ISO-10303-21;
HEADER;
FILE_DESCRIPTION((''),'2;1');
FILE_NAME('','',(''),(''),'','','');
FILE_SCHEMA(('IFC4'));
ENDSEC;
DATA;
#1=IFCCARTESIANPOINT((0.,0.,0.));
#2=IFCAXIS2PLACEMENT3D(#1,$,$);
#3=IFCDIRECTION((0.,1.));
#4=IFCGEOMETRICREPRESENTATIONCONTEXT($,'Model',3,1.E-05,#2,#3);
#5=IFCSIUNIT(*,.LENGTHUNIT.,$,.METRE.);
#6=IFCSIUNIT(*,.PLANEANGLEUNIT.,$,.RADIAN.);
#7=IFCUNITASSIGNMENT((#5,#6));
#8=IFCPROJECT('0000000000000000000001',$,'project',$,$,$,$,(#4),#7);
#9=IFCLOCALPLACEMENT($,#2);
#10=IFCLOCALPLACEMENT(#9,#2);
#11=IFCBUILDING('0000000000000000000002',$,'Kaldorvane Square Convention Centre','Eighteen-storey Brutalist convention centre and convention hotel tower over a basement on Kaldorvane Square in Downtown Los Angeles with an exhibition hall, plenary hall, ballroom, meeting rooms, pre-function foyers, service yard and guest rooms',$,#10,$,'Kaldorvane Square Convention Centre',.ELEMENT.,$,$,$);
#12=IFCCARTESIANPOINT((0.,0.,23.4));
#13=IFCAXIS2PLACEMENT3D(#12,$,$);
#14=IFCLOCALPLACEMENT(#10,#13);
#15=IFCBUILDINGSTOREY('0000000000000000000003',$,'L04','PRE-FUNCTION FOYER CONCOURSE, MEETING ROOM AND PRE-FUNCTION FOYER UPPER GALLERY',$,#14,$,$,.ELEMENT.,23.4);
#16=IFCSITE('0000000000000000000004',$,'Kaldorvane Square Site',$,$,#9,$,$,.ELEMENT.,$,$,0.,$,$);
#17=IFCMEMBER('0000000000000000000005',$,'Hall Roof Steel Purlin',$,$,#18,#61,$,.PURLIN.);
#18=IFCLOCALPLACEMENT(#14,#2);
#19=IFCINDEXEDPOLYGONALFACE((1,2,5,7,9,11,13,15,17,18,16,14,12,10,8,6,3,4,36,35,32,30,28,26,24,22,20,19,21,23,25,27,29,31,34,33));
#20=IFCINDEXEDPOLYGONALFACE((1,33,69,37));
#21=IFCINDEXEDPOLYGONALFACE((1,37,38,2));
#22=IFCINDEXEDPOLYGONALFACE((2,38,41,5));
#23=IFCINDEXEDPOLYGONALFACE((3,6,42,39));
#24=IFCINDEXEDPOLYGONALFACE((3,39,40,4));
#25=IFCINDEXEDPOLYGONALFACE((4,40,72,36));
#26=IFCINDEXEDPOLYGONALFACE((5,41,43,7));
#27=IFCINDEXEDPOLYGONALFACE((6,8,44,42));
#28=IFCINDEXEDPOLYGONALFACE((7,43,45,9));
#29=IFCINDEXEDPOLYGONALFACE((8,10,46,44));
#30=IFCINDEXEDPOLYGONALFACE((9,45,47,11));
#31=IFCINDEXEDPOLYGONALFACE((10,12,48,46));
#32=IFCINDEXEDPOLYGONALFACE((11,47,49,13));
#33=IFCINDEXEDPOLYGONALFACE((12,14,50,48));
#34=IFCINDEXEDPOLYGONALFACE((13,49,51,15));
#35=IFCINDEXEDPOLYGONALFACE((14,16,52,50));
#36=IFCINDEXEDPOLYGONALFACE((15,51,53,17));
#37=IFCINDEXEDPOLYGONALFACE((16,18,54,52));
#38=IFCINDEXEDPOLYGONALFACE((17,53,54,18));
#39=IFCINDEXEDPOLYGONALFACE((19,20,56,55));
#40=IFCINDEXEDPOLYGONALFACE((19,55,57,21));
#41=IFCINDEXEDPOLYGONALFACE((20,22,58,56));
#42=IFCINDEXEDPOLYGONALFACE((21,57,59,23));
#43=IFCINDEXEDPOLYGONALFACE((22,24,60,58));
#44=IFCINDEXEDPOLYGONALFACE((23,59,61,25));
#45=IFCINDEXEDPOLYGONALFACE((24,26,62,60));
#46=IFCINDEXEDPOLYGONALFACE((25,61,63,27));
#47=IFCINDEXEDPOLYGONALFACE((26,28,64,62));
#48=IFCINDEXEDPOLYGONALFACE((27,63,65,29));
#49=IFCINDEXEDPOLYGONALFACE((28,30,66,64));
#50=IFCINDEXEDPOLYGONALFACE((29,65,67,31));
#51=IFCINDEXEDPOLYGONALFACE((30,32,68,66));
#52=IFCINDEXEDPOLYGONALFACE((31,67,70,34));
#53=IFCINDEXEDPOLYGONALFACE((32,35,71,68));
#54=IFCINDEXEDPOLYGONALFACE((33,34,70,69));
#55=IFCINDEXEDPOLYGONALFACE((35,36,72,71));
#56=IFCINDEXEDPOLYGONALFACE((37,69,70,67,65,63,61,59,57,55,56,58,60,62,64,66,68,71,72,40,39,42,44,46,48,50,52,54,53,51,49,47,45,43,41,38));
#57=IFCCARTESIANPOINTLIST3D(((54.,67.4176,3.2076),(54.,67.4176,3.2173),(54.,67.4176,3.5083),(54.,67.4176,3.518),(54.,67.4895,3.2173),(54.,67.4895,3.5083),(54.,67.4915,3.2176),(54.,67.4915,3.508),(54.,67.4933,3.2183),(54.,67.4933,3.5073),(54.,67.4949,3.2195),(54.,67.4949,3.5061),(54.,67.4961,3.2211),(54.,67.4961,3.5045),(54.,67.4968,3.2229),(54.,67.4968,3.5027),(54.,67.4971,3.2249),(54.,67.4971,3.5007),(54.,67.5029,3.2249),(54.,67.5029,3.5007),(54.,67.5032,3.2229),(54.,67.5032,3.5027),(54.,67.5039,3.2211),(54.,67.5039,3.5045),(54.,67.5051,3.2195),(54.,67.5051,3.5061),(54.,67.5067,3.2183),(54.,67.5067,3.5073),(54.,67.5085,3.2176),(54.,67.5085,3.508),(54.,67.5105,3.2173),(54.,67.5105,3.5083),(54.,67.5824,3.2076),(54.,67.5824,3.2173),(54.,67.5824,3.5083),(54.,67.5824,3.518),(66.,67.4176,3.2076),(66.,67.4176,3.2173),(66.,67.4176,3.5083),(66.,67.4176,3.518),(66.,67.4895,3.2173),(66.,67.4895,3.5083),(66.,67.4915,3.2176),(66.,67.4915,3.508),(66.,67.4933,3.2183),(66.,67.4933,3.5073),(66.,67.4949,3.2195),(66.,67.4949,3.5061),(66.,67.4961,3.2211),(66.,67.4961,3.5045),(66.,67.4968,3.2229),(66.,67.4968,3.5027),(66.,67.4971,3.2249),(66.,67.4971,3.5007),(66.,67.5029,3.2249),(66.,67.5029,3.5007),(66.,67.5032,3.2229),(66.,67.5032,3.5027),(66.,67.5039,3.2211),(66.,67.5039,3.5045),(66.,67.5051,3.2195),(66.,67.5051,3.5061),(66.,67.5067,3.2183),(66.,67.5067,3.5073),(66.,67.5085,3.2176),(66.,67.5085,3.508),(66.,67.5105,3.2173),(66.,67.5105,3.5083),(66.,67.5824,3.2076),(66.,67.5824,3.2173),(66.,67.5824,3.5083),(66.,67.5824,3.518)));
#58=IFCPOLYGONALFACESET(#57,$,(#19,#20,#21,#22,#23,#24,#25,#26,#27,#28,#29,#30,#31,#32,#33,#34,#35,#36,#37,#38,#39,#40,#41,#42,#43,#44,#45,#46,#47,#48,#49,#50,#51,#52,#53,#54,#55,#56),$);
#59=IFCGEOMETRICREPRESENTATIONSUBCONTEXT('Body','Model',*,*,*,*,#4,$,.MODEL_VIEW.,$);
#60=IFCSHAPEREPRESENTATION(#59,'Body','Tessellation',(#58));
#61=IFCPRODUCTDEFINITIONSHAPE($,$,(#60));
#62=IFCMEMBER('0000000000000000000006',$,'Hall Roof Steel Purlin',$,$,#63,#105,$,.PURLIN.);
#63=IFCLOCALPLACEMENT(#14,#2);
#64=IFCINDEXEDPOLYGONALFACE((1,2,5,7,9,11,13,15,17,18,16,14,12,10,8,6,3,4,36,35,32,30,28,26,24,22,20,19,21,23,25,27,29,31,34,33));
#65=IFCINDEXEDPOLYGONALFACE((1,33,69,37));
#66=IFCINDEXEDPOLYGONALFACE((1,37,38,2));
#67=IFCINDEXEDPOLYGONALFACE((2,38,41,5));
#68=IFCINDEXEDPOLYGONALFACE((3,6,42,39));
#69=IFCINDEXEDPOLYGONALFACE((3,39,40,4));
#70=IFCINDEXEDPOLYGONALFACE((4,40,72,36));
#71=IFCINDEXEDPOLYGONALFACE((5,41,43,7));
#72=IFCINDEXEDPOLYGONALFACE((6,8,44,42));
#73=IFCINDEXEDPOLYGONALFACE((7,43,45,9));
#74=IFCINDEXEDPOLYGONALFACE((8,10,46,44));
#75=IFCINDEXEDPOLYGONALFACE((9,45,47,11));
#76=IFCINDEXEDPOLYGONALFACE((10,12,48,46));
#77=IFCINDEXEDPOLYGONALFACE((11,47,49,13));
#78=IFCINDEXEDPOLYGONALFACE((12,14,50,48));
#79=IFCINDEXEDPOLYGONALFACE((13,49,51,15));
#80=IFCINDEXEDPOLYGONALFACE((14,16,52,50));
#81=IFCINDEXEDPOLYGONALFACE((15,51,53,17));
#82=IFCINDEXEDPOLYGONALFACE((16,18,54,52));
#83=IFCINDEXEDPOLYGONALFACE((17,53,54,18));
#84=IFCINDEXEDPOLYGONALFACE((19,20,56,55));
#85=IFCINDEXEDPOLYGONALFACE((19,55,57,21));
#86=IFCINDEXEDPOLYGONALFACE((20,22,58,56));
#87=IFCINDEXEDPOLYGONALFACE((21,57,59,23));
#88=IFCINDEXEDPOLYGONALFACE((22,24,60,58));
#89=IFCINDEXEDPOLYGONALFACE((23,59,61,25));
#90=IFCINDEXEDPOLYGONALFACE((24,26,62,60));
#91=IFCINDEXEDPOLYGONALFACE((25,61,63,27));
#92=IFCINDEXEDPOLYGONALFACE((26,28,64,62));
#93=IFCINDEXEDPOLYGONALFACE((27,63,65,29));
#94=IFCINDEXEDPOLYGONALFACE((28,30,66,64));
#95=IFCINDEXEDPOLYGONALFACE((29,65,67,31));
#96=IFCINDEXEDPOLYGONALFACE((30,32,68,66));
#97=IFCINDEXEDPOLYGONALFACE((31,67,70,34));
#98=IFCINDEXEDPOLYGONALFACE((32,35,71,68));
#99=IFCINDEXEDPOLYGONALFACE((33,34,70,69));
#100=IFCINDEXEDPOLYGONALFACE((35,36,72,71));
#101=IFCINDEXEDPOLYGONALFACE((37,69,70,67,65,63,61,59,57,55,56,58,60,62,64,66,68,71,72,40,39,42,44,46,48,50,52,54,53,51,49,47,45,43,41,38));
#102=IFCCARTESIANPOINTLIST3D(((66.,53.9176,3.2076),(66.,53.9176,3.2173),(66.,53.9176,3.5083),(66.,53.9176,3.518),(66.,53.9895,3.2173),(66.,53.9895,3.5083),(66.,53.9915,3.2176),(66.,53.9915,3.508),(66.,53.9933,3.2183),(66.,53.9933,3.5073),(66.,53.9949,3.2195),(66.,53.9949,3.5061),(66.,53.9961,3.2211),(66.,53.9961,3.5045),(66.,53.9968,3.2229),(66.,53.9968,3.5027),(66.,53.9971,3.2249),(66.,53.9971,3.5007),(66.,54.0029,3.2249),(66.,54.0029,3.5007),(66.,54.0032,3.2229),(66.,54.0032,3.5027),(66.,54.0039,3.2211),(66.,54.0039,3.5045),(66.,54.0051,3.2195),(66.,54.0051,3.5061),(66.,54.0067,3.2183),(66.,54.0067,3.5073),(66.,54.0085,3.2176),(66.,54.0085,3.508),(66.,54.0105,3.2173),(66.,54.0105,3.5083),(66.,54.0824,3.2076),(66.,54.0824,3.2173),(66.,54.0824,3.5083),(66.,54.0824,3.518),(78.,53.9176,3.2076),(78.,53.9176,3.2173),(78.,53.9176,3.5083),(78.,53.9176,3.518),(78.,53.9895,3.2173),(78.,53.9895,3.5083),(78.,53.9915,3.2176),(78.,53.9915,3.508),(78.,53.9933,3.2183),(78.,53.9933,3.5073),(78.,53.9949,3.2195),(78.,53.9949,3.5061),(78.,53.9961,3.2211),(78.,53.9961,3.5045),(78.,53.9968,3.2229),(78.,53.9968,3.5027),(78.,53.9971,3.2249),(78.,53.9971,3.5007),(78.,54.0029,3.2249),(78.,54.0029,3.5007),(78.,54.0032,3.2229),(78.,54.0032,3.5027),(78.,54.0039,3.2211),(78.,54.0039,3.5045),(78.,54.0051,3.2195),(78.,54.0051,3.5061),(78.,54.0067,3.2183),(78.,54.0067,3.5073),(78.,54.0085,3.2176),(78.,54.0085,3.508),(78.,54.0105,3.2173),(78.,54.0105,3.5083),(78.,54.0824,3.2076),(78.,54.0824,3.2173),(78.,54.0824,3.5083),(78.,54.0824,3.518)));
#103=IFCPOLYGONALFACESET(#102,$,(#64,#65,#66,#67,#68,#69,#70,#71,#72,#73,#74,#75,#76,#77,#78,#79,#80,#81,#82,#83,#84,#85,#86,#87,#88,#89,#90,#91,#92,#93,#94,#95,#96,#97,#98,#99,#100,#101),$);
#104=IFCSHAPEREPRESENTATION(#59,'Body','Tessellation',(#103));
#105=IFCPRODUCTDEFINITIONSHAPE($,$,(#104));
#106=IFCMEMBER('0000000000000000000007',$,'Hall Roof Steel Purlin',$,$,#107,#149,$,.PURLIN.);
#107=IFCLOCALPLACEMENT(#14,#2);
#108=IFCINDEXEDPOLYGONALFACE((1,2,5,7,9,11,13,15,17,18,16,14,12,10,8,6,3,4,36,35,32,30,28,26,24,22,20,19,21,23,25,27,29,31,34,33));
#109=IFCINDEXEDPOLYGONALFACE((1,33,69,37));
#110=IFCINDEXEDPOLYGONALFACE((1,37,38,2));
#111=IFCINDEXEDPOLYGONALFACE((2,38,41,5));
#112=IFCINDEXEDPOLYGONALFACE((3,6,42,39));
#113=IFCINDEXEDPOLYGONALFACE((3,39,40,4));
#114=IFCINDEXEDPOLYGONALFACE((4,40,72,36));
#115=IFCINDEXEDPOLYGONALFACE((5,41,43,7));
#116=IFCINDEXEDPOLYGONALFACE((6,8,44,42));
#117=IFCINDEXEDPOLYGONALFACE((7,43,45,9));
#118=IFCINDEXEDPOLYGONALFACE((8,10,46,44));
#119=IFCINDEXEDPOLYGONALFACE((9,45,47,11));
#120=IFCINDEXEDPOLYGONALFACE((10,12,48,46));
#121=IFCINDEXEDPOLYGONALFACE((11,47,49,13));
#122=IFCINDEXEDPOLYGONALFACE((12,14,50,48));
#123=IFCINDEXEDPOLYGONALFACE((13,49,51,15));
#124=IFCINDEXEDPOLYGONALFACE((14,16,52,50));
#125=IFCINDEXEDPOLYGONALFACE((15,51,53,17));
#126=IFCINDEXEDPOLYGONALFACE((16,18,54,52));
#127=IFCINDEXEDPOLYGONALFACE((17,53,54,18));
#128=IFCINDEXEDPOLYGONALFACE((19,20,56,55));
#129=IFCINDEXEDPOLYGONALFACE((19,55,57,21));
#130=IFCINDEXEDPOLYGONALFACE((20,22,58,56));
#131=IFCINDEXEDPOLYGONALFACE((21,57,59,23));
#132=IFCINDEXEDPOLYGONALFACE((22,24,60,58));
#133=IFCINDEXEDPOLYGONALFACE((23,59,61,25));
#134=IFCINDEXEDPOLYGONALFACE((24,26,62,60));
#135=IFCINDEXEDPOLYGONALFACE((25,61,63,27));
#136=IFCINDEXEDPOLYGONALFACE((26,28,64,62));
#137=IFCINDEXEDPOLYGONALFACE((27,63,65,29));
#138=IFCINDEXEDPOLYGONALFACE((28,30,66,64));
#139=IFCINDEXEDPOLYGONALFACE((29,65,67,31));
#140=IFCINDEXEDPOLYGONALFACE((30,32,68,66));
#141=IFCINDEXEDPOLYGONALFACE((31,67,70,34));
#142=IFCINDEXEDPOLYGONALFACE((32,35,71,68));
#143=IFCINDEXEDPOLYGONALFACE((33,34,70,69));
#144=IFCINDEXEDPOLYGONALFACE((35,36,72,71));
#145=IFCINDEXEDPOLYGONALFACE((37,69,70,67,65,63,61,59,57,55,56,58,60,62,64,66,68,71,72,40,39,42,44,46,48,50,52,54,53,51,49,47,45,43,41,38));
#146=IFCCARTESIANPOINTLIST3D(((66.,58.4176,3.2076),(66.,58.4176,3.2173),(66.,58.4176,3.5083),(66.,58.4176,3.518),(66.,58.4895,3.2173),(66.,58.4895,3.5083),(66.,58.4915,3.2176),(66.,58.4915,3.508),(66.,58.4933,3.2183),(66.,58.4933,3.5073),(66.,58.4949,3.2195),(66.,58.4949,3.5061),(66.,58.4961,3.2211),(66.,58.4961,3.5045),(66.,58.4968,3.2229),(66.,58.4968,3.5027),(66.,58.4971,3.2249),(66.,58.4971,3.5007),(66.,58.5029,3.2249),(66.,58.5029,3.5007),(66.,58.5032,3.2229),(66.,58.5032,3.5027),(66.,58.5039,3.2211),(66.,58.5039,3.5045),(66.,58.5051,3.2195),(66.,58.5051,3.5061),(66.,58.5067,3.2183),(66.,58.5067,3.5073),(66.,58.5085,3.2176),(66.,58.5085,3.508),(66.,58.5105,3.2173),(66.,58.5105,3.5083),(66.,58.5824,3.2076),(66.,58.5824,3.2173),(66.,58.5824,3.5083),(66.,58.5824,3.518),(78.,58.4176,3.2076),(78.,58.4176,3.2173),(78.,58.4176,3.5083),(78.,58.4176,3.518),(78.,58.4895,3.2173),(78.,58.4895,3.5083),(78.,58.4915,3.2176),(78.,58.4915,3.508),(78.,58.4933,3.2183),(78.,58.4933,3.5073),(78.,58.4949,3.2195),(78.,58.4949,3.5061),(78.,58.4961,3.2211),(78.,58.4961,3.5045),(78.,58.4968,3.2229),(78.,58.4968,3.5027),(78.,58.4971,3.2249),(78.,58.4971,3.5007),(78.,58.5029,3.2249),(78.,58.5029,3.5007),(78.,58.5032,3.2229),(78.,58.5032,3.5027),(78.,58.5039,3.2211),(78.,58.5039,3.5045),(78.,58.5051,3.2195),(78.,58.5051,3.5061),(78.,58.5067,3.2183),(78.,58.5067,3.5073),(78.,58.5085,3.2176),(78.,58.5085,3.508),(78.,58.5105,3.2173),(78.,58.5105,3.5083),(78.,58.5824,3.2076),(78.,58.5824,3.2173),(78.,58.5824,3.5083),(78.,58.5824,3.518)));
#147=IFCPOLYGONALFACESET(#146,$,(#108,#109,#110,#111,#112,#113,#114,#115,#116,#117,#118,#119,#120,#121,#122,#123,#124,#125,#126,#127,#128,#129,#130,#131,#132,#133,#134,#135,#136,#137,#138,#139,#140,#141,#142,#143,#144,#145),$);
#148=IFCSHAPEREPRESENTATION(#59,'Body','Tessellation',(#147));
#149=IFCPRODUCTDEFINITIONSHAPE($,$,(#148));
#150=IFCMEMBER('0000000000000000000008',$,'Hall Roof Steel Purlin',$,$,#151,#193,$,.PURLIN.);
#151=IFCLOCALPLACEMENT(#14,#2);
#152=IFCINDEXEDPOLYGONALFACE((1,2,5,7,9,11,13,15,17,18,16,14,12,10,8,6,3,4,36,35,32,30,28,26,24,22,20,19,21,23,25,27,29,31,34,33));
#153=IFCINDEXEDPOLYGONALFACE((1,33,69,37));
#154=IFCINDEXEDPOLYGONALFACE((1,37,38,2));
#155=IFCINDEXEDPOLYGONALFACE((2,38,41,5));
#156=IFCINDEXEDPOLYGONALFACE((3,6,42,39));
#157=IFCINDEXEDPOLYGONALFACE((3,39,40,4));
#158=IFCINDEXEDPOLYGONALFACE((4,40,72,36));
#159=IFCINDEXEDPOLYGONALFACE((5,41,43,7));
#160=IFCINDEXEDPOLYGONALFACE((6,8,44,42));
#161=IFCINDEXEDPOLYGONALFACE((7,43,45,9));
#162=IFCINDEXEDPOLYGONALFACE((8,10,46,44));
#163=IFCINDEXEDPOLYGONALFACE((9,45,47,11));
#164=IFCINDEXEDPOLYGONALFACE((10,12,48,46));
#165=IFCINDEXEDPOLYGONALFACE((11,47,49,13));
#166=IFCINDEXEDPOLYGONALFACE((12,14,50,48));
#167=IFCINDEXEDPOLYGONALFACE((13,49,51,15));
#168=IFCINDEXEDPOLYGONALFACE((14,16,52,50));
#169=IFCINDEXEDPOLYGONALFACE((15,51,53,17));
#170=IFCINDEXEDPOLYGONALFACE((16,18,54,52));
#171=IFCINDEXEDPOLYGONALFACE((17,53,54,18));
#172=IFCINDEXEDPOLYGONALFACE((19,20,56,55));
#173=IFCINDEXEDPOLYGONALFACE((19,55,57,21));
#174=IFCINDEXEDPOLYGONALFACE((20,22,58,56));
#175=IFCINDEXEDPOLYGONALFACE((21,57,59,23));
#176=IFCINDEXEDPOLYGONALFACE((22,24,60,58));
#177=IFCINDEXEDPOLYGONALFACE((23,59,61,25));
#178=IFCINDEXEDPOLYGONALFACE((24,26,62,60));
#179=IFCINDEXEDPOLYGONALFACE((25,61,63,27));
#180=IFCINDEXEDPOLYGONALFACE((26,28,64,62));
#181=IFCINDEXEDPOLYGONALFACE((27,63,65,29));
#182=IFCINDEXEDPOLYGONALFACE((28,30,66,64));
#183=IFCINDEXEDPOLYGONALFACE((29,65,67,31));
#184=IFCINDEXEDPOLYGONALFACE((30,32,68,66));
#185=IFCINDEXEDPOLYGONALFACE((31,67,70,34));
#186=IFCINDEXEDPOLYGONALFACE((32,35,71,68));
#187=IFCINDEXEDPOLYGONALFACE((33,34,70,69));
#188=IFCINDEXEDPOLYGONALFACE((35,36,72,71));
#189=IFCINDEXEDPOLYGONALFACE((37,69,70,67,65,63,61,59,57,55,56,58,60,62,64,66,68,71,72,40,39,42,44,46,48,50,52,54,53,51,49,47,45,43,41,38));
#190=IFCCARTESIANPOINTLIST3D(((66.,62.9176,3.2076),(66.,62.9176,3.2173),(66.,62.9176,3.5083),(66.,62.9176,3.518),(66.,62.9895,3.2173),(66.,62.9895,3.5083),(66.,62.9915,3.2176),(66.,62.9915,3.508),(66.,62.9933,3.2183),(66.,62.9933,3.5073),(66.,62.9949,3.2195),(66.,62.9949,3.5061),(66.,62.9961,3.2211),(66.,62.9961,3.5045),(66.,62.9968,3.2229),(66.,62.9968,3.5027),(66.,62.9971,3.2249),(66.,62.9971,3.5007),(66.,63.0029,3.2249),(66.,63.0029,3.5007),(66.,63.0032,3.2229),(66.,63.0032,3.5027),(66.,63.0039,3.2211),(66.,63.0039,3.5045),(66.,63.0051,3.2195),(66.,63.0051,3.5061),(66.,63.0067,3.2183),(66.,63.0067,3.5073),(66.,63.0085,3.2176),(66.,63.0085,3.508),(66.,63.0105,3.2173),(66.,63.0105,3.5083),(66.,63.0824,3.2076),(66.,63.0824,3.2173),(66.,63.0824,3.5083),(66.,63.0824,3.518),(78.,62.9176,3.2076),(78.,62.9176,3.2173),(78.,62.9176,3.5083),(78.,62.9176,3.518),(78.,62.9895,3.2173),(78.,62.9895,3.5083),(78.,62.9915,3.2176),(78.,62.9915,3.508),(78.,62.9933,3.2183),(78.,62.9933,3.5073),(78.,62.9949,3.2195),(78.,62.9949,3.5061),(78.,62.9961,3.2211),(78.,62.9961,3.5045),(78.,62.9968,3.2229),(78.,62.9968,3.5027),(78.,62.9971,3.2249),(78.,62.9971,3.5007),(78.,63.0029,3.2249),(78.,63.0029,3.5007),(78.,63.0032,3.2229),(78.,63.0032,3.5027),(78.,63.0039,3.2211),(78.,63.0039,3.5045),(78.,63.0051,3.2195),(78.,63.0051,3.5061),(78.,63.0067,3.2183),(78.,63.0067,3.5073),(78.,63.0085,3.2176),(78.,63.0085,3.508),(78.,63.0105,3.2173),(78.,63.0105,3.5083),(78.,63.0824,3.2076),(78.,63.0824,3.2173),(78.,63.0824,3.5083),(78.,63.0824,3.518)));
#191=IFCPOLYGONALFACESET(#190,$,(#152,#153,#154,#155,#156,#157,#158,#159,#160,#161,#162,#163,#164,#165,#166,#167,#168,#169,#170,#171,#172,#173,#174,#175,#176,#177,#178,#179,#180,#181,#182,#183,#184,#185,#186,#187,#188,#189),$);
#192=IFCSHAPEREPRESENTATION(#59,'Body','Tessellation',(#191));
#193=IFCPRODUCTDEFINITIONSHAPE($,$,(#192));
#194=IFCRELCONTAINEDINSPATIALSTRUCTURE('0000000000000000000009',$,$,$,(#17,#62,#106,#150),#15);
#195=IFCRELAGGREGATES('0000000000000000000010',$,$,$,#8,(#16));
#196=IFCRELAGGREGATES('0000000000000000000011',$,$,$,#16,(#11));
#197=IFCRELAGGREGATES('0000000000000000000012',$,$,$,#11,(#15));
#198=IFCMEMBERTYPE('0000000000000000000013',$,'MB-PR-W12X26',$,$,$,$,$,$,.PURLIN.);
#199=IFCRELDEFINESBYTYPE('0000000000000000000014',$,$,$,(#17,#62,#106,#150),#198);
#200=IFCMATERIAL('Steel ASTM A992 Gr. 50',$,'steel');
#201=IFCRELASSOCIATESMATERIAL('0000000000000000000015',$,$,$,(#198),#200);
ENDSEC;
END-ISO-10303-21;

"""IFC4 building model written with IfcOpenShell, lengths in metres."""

from ifc_helpers import new_model, si_unit, direction, frame, origin, origin_2d, place, context, subcontext, project, spatial, i_section, extrude, material, material_profile, profile_set, type_object, element, save


model = new_model("IFC4")

# Units and contexts
model_context = context("Model", 3, precision=1e-05, world=origin(), true_north=direction((0.0, 1.0)))
body_context = subcontext(model_context, "Body", "Model", "MODEL_VIEW")
ifc_project = project(units=[si_unit("LENGTHUNIT", "METRE"), si_unit("PLANEANGLEUNIT", "RADIAN")], contexts=[model_context])

# Site, building, storey
site_placement = place(None, origin())
site = spatial("IfcSite", under=ifc_project, at=site_placement, Name="Kaldorvane Square Site", CompositionType="ELEMENT", RefElevation=0.0)
building_placement = place(site_placement, origin())
building = spatial("IfcBuilding", under=site, at=building_placement, Name="Kaldorvane Square Convention Centre", Description="Eighteen-storey Brutalist convention centre and convention hotel tower over a basement on Kaldorvane Square in Downtown Los Angeles with an exhibition hall, plenary hall, ballroom, meeting rooms, pre-function foyers, service yard and guest rooms", LongName="Kaldorvane Square Convention Centre", CompositionType="ELEMENT")
storey_placement = place(building_placement, frame((0.0, 0.0, 23.4)))
storey = spatial("IfcBuildingStorey", under=building, at=storey_placement, Name="L04", Description="PRE-FUNCTION FOYER CONCOURSE, MEETING ROOM AND PRE-FUNCTION FOYER UPPER GALLERY", CompositionType="ELEMENT", Elevation=23.4)

# Shared definitions
ifc_material_1 = material(Name="Steel ASTM A992 Gr. 50", Category="steel")

# Members
ifc_material_profile_1 = material_profile(ifc_material_1, i_section(OverallWidth=0.1648, OverallDepth=0.3104, WebThickness=0.0058, FlangeThickness=0.0097, FilletRadius=0.0076, at=origin_2d()), Name="W12X26")
ifc_profile_set_1 = profile_set([ifc_material_profile_1], Name="Steel ASTM A992 Gr. 50")
member_type_1 = type_object("IfcMemberType", Name="MB-PR-W12X26", PredefinedType="PURLIN", material=ifc_profile_set_1)
for number, where, z_axis, x_axis, name in (
    (1, (54.0, 67.5, 3.3628), (1.0, 0.0, 0.0), (0.0, 1.0, 0.0), "Hall Roof Steel Purlin"),
    (2, (66.0, 54.0, 3.3628), (1.0, 0.0, 0.0), (0.0, 1.0, 0.0), "Hall Roof Steel Purlin"),
    (3, (66.0, 58.5, 3.3628), (1.0, 0.0, 0.0), (0.0, 1.0, 0.0), "Hall Roof Steel Purlin"),
    (4, (66.0, 63.0, 3.3628), (1.0, 0.0, 0.0), (0.0, 1.0, 0.0), "Hall Roof Steel Purlin"),
):
    element("IfcMember", number, at=place(storey_placement, frame(where, z_axis=z_axis, x_axis=x_axis)), inside=storey, type_object=member_type_1, Name=name, PredefinedType="PURLIN", context=body_context, shape_type="SweptSolid", body=[
        extrude(i_section(OverallWidth=0.1648, OverallDepth=0.3104, WebThickness=0.0058, FlangeThickness=0.0097, FilletRadius=0.0076, at=origin_2d()), origin(), (0.0, 0.0, 1.0), 12.0),
    ])

save(model, "model.ifc")
